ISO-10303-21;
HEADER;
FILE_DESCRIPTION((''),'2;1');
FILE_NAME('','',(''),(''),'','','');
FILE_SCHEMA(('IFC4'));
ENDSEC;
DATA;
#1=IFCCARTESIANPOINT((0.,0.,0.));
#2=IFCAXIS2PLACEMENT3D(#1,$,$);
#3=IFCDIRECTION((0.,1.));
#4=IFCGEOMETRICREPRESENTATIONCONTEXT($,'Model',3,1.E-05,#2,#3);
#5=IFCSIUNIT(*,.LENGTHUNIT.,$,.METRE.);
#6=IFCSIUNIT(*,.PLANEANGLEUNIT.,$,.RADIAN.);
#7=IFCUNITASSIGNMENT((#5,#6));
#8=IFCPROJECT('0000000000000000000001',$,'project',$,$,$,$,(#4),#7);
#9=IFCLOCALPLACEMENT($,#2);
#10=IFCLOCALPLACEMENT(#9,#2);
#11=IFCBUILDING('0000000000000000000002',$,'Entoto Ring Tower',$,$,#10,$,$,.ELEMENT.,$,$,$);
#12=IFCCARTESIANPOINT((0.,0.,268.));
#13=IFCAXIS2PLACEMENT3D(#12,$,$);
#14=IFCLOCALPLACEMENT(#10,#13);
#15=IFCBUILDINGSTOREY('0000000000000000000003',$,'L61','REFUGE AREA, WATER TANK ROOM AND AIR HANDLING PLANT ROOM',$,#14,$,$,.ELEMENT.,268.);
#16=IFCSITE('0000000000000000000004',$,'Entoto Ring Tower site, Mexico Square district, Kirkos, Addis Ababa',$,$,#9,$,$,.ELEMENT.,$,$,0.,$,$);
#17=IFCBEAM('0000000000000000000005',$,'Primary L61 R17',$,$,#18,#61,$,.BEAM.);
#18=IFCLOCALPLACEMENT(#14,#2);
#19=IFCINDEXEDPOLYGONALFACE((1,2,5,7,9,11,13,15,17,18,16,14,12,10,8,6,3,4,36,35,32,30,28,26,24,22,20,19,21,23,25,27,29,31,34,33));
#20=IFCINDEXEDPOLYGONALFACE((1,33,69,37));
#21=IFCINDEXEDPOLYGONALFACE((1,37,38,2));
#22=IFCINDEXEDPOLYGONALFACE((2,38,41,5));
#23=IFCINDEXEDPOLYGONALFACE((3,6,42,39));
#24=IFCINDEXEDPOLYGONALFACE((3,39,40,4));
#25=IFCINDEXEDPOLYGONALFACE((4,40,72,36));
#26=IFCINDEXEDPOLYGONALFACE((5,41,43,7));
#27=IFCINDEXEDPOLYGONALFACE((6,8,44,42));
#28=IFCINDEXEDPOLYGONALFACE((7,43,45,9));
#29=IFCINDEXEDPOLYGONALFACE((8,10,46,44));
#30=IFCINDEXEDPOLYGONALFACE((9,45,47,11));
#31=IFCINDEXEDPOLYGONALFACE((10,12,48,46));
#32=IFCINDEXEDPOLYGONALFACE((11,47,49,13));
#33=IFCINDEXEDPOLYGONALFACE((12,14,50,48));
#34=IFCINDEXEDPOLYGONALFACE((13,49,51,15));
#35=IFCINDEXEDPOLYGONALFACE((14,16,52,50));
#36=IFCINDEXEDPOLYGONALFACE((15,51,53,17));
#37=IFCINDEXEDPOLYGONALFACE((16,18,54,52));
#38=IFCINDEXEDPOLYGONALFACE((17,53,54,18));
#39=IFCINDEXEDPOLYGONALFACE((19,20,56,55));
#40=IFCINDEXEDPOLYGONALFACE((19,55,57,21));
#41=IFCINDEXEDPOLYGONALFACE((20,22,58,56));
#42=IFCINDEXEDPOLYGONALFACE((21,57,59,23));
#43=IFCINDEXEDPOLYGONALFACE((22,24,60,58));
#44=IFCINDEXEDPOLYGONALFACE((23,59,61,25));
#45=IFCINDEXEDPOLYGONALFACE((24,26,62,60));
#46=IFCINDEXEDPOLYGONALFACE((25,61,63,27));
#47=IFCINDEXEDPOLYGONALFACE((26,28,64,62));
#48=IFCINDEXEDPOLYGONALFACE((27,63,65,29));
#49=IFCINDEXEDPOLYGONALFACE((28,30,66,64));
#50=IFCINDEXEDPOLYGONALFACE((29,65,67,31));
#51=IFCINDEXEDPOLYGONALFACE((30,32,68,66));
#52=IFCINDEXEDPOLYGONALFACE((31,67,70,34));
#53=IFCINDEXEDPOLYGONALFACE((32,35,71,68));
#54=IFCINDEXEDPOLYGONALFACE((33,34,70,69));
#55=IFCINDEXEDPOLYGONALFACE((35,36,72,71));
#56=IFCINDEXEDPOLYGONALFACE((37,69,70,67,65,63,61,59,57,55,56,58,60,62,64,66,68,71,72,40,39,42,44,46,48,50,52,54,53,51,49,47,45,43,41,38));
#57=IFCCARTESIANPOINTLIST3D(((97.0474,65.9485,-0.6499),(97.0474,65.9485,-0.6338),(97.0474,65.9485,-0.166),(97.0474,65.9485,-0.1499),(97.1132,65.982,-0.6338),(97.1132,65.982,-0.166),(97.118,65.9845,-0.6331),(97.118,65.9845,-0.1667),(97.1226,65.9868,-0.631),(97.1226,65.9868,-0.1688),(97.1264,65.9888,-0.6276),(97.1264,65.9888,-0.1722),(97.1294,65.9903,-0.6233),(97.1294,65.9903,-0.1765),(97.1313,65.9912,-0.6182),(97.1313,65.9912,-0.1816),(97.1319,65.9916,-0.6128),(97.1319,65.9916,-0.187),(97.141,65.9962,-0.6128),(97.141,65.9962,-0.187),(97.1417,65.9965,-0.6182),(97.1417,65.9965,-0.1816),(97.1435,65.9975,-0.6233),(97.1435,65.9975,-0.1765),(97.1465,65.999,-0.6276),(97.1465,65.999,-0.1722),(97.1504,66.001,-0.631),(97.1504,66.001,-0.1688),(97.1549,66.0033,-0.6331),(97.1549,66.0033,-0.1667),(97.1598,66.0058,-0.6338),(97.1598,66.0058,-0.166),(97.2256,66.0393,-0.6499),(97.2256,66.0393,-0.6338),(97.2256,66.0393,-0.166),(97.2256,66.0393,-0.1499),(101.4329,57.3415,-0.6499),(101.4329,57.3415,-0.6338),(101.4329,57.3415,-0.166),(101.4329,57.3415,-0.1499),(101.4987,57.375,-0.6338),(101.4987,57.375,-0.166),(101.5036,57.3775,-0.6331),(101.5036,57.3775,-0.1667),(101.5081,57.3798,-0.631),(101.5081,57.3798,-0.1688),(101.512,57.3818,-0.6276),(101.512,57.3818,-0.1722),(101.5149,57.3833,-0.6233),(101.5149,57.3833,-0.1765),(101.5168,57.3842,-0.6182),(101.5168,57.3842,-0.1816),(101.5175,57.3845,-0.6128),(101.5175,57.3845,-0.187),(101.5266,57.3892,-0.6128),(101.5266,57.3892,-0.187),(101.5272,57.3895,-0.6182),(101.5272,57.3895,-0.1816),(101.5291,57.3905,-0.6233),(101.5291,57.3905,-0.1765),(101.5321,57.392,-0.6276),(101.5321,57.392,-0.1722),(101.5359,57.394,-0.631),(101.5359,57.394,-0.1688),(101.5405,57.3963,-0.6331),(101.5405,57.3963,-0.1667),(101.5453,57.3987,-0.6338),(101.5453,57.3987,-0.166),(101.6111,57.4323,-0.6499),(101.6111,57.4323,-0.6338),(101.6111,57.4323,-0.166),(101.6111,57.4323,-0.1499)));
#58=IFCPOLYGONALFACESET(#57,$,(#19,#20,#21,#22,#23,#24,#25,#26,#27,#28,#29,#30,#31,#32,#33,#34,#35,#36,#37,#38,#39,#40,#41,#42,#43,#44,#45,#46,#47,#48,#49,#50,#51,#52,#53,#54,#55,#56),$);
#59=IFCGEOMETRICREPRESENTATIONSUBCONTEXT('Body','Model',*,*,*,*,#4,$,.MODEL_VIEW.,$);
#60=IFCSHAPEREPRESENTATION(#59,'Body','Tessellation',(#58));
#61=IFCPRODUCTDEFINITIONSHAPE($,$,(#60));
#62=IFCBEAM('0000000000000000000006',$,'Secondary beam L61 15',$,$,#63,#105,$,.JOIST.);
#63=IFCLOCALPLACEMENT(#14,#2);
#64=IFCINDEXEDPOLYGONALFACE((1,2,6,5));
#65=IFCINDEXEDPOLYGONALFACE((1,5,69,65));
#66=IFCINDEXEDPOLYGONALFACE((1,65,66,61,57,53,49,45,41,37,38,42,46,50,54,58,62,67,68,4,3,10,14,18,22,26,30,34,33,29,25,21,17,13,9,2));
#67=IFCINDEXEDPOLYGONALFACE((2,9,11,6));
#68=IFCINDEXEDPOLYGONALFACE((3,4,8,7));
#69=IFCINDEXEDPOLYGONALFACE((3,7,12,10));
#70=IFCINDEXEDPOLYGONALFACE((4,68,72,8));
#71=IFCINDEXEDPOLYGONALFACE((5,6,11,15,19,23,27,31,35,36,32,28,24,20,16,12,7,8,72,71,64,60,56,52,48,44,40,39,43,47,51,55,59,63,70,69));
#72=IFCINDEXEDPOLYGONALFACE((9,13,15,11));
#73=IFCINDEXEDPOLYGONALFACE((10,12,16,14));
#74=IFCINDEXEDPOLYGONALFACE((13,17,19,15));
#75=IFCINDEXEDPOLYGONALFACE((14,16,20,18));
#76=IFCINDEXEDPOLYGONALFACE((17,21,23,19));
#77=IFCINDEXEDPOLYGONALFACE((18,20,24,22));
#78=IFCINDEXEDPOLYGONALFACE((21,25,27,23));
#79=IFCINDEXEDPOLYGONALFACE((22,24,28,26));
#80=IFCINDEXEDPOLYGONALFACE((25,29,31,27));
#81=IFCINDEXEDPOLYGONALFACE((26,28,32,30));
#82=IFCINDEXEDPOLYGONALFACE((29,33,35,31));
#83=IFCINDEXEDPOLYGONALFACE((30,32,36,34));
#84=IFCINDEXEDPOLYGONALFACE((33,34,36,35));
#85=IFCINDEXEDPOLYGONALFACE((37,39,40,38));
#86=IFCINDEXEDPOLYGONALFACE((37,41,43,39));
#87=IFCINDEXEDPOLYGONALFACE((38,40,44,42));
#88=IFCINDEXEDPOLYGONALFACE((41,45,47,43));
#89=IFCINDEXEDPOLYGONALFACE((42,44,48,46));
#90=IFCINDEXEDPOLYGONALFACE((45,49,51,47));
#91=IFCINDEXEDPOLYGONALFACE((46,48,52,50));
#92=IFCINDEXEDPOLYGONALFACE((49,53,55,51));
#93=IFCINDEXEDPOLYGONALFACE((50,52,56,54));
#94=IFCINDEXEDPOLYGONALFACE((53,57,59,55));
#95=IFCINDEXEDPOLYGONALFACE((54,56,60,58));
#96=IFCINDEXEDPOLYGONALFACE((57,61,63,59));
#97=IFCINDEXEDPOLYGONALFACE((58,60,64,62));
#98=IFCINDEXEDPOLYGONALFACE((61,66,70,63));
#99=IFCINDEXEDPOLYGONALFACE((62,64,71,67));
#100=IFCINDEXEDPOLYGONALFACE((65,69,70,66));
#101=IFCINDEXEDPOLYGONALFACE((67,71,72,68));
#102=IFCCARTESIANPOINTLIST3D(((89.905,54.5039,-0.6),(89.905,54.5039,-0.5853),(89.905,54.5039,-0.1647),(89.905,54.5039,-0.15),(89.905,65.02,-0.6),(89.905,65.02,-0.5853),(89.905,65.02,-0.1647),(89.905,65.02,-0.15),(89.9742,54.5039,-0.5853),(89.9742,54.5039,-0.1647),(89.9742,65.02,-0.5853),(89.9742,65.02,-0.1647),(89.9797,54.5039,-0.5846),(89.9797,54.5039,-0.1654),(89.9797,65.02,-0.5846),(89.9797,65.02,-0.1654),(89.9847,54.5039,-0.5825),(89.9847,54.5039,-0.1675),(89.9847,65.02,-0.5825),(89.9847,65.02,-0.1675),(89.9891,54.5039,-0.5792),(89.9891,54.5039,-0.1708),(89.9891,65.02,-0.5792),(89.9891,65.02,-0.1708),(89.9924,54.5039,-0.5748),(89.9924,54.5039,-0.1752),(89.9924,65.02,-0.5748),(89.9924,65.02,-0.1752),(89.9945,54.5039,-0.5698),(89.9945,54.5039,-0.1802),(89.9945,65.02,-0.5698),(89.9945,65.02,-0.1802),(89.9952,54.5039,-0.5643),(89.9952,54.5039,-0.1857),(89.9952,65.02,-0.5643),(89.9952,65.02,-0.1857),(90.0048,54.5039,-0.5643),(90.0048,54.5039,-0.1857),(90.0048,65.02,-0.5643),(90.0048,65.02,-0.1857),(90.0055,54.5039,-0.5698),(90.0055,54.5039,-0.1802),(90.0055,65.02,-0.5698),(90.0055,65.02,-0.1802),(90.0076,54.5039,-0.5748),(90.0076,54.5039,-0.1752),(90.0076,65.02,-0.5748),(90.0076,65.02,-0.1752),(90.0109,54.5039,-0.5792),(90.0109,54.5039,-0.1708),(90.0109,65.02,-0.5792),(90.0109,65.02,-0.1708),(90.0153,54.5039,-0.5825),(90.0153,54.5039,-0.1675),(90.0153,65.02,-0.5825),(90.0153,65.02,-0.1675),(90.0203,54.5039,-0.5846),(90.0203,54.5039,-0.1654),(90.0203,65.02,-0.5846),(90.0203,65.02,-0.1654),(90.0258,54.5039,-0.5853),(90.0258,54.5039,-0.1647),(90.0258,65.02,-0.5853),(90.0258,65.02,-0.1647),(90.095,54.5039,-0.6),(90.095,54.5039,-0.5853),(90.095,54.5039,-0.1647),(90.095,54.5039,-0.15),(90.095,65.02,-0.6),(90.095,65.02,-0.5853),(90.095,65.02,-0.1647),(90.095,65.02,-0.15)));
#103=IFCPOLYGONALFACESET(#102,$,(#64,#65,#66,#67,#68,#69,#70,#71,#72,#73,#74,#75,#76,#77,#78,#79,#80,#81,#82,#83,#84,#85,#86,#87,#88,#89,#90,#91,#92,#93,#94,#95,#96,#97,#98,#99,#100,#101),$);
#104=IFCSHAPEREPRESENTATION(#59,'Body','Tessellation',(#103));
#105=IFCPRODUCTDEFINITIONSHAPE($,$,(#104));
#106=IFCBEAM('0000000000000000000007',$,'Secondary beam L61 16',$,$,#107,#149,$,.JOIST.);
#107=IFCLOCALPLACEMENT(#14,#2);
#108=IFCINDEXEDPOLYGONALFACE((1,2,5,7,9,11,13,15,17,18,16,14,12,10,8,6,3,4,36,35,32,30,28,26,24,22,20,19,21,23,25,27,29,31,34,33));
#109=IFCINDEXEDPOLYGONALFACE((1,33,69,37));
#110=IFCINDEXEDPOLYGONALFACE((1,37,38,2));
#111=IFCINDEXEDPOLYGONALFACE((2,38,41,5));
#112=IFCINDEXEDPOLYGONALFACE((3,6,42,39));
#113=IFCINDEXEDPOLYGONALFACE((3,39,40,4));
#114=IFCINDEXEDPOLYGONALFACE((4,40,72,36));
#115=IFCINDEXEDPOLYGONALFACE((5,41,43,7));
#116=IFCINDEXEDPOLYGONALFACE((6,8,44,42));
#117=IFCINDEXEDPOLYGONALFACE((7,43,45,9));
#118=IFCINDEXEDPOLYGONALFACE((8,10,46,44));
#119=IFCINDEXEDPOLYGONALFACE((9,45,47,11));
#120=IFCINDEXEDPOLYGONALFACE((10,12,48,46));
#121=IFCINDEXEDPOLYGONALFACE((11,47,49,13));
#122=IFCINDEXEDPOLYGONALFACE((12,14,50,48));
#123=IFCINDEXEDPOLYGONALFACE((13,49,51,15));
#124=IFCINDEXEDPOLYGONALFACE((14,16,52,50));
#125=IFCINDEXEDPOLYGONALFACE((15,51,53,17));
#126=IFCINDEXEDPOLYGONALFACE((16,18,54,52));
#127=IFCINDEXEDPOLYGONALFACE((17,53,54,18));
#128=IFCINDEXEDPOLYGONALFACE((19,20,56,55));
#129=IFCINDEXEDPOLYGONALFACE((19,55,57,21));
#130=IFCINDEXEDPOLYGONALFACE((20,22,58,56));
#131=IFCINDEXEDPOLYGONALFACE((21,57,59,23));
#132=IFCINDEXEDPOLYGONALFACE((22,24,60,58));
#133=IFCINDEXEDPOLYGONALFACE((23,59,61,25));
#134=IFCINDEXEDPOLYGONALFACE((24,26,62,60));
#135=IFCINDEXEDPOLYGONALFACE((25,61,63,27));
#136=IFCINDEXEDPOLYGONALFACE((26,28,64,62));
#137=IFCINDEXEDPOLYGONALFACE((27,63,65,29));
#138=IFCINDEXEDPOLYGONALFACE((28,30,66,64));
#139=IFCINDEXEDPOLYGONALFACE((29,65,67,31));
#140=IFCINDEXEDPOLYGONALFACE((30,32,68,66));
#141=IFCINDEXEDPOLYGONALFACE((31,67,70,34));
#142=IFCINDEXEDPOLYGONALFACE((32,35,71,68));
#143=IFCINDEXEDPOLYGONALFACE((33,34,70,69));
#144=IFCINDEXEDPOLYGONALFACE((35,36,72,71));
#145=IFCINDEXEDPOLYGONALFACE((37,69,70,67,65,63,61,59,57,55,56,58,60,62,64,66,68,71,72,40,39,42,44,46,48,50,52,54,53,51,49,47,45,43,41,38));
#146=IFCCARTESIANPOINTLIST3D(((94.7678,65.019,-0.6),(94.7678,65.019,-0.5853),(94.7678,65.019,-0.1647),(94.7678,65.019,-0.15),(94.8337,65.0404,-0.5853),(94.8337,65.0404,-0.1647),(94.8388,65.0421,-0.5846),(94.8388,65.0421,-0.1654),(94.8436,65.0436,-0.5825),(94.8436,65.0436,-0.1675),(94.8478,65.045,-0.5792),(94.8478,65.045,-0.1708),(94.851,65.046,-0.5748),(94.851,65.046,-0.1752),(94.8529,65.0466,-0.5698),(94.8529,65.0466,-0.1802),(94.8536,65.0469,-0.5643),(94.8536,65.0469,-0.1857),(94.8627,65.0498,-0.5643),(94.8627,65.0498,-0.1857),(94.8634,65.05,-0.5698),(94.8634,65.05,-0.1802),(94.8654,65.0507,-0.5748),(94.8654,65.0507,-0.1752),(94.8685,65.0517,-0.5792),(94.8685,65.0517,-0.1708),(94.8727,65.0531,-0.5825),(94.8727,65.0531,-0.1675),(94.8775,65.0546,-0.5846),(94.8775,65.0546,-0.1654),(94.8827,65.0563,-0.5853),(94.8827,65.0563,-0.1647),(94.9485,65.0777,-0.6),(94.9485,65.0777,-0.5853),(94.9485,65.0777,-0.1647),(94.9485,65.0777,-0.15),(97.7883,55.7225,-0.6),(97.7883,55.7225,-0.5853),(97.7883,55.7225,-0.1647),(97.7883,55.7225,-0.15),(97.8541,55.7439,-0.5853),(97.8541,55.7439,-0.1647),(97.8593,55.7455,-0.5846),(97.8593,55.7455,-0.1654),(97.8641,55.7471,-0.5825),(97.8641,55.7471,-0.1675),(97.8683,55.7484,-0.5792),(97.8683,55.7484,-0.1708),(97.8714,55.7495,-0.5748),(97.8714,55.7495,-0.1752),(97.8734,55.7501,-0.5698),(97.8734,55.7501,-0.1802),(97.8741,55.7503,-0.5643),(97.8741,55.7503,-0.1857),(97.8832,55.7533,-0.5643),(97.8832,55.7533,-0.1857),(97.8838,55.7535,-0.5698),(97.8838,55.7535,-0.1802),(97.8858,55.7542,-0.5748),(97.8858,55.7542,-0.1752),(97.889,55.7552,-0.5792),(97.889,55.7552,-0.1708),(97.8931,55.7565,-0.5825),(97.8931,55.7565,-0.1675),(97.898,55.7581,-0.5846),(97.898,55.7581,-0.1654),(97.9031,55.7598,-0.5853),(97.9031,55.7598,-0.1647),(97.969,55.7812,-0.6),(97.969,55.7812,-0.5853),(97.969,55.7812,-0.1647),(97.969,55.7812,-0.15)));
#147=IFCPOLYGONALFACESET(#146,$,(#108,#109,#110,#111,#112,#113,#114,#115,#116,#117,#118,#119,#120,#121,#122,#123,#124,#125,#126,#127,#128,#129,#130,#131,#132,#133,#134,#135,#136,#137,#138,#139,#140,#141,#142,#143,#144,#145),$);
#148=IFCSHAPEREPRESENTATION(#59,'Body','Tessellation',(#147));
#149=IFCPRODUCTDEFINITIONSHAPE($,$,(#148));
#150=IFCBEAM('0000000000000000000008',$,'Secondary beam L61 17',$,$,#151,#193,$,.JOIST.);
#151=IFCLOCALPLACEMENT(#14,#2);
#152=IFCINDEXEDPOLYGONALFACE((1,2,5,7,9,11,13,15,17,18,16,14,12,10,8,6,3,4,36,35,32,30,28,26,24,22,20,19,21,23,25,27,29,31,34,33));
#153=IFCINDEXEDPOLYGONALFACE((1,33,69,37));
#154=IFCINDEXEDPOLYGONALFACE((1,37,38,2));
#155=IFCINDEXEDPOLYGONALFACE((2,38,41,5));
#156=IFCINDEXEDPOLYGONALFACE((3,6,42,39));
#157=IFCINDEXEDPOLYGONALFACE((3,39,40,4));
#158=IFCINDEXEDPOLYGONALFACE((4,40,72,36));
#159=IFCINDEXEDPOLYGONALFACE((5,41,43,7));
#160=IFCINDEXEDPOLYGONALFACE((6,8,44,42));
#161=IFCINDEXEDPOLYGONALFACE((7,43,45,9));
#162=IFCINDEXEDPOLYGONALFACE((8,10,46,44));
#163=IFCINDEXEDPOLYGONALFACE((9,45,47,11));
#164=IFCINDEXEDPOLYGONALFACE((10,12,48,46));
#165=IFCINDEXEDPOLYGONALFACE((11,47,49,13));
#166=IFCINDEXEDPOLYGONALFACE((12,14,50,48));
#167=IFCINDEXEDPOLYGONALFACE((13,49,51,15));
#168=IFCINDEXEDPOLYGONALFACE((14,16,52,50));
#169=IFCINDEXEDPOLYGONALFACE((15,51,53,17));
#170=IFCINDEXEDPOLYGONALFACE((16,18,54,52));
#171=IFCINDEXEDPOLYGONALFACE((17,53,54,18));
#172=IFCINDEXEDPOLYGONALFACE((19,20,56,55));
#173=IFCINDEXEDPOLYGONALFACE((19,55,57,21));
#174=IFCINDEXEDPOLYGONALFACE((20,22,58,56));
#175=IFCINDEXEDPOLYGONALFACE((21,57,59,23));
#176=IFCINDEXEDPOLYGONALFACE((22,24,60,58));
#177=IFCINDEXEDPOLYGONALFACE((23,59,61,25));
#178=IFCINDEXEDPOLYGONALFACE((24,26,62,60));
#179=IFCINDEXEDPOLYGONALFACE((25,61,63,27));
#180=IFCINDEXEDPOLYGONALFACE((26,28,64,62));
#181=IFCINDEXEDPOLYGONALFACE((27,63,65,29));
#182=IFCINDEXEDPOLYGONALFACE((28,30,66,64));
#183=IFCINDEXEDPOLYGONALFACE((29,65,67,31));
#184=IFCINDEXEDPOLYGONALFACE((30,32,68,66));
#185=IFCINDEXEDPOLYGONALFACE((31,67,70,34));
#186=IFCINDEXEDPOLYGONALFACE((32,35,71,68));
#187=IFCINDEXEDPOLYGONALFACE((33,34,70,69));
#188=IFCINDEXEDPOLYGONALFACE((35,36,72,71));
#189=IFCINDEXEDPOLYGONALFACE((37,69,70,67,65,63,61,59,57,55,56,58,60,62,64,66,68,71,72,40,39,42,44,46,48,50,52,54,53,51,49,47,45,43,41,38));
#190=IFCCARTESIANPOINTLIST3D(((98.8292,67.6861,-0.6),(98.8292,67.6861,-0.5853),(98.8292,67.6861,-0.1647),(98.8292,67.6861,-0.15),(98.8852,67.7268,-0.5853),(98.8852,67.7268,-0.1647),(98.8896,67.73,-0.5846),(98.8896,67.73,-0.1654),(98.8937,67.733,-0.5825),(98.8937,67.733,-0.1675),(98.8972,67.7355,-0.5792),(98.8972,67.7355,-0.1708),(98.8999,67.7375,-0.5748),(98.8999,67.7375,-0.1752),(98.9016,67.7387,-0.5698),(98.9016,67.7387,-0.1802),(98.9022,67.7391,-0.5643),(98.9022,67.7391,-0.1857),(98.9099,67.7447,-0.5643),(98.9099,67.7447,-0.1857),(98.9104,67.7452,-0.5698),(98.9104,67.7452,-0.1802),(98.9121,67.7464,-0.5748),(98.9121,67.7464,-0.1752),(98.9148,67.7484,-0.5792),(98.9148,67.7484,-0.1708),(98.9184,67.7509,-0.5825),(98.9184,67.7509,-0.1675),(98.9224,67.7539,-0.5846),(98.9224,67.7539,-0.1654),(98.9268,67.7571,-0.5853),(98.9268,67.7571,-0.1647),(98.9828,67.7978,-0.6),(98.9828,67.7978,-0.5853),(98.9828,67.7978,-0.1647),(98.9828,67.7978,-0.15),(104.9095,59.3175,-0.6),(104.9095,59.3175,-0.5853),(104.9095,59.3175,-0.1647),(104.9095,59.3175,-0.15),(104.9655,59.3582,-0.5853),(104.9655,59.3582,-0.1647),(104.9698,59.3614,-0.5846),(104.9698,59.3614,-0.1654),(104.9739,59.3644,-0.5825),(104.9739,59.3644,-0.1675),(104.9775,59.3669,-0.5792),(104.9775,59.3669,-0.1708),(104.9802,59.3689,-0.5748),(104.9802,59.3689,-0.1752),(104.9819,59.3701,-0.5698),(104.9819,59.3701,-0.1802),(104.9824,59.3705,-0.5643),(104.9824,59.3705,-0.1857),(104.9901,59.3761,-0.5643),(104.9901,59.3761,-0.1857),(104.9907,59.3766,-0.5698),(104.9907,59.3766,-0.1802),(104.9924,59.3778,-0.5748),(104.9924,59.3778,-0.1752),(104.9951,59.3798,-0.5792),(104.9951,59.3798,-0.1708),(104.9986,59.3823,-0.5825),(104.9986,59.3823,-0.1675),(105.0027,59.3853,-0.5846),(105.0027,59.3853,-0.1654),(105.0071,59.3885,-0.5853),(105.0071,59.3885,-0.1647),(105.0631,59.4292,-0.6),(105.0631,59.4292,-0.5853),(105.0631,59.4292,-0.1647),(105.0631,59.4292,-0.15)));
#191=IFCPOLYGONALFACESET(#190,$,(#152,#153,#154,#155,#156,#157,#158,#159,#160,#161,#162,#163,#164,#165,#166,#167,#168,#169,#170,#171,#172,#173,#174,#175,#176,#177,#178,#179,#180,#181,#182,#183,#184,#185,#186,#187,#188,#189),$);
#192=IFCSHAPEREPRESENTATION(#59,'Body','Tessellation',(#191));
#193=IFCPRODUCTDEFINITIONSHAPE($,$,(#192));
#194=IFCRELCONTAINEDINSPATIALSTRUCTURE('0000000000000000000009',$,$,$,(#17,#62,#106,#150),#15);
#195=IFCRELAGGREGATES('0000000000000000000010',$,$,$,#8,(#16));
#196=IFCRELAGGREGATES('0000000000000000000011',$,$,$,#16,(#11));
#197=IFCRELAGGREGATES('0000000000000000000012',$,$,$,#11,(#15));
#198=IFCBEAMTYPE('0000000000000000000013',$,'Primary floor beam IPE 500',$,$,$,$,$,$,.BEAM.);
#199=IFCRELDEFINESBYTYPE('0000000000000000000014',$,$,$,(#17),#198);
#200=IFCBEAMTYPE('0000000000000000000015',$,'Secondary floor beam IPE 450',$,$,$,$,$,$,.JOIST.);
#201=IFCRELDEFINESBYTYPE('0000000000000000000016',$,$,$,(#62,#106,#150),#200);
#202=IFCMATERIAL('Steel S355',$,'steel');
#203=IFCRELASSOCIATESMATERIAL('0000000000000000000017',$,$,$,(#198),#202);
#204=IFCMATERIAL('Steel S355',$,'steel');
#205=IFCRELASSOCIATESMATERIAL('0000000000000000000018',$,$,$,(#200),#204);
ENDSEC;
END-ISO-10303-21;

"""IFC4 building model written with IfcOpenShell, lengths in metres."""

from ifc_helpers import new_model, si_unit, direction, frame, origin, origin_2d, place, context, subcontext, project, spatial, i_section, extrude, material, material_profile, profile_set, type_object, element, save


model = new_model("IFC4")

# Units and contexts
model_context = context("Model", 3, precision=1e-05, world=origin(), true_north=direction((0.0, 1.0)))
body_context = subcontext(model_context, "Body", "Model", "MODEL_VIEW")
ifc_project = project(units=[si_unit("LENGTHUNIT", "METRE"), si_unit("PLANEANGLEUNIT", "RADIAN")], contexts=[model_context])

# Site, building, storey
site_placement = place(None, origin())
site = spatial("IfcSite", under=ifc_project, at=site_placement, Name="Entoto Ring Tower site, Mexico Square district, Kirkos, Addis Ababa", CompositionType="ELEMENT", RefElevation=0.0)
building_placement = place(site_placement, origin())
building = spatial("IfcBuilding", under=site, at=building_placement, Name="Entoto Ring Tower", CompositionType="ELEMENT")
storey_placement = place(building_placement, frame((0.0, 0.0, 268.0)))
storey = spatial("IfcBuildingStorey", under=building, at=storey_placement, Name="L61", Description="REFUGE AREA, WATER TANK ROOM AND AIR HANDLING PLANT ROOM", CompositionType="ELEMENT", Elevation=268.0)

# Beams
ifc_material_1 = material(Name="Steel S355", Category="steel")
ifc_material_profile_1 = material_profile(ifc_material_1, i_section(OverallWidth=0.2, OverallDepth=0.5, WebThickness=0.0103, FlangeThickness=0.0161, FilletRadius=0.021, at=origin_2d()), Name="IPE 500")
ifc_profile_set_1 = profile_set([ifc_material_profile_1], Name="Steel S355")
beam_type_1 = type_object("IfcBeamType", Name="Primary floor beam IPE 500", PredefinedType="BEAM", material=ifc_profile_set_1)
beam_1_placement = place(storey_placement, frame((97.1365, 65.9939, -0.3999), z_axis=(0.453994, -0.891005, 0.0), x_axis=(0.891005, 0.453994, 0.0)))
element("IfcBeam", 1, at=beam_1_placement, inside=storey, type_object=beam_type_1, Name="Primary L61 R17", PredefinedType="BEAM", context=body_context, shape_type="SweptSolid", body=[
    extrude(i_section(OverallWidth=0.2, OverallDepth=0.5, WebThickness=0.0103, FlangeThickness=0.0161, FilletRadius=0.021, at=origin_2d()), origin(), (0.0, 0.0, 1.0), 9.6599),
])
ifc_material_2 = material(Name="Steel S355", Category="steel")
ifc_material_profile_2 = material_profile(ifc_material_2, i_section(OverallWidth=0.1899, OverallDepth=0.45, WebThickness=0.0095, FlangeThickness=0.0146, FilletRadius=0.021, at=origin_2d()), Name="IPE 450")
ifc_profile_set_2 = profile_set([ifc_material_profile_2], Name="Steel S355")
beam_type_2 = type_object("IfcBeamType", Name="Secondary floor beam IPE 450", PredefinedType="JOIST", material=ifc_profile_set_2)
beam_2_placement = place(storey_placement, frame((90.0, 65.02, -0.375), z_axis=(0.0, -1.0, 0.0), x_axis=(1.0, 0.0, 0.0)))
element("IfcBeam", 2, at=beam_2_placement, inside=storey, type_object=beam_type_2, Name="Secondary beam L61 15", PredefinedType="JOIST", context=body_context, shape_type="SweptSolid", body=[
    extrude(i_section(OverallWidth=0.1899, OverallDepth=0.45, WebThickness=0.0095, FlangeThickness=0.0146, FilletRadius=0.021, at=origin_2d()), origin(), (0.0, 0.0, 1.0), 10.5161),
])
beam_3_placement = place(storey_placement, frame((94.8582, 65.0483, -0.375), z_axis=(0.309003, -0.951061, 0.0), x_axis=(0.951061, 0.309003, 0.0)))
element("IfcBeam", 3, at=beam_3_placement, inside=storey, type_object=beam_type_2, Name="Secondary beam L61 16", PredefinedType="JOIST", context=body_context, shape_type="SweptSolid", body=[
    extrude(i_section(OverallWidth=0.1899, OverallDepth=0.45, WebThickness=0.0095, FlangeThickness=0.0146, FilletRadius=0.021, at=origin_2d()), origin(), (0.0, 0.0, 1.0), 9.7749),
])
beam_4_placement = place(storey_placement, frame((98.906, 67.7419, -0.375), z_axis=(0.587794, -0.809011, 0.0), x_axis=(0.809011, 0.587794, 0.0)))
element("IfcBeam", 4, at=beam_4_placement, inside=storey, type_object=beam_type_2, Name="Secondary beam L61 17", PredefinedType="JOIST", context=body_context, shape_type="SweptSolid", body=[
    extrude(i_section(OverallWidth=0.1899, OverallDepth=0.45, WebThickness=0.0095, FlangeThickness=0.0146, FilletRadius=0.021, at=origin_2d()), origin(), (0.0, 0.0, 1.0), 10.3442),
])

save(model, "model.ifc")
